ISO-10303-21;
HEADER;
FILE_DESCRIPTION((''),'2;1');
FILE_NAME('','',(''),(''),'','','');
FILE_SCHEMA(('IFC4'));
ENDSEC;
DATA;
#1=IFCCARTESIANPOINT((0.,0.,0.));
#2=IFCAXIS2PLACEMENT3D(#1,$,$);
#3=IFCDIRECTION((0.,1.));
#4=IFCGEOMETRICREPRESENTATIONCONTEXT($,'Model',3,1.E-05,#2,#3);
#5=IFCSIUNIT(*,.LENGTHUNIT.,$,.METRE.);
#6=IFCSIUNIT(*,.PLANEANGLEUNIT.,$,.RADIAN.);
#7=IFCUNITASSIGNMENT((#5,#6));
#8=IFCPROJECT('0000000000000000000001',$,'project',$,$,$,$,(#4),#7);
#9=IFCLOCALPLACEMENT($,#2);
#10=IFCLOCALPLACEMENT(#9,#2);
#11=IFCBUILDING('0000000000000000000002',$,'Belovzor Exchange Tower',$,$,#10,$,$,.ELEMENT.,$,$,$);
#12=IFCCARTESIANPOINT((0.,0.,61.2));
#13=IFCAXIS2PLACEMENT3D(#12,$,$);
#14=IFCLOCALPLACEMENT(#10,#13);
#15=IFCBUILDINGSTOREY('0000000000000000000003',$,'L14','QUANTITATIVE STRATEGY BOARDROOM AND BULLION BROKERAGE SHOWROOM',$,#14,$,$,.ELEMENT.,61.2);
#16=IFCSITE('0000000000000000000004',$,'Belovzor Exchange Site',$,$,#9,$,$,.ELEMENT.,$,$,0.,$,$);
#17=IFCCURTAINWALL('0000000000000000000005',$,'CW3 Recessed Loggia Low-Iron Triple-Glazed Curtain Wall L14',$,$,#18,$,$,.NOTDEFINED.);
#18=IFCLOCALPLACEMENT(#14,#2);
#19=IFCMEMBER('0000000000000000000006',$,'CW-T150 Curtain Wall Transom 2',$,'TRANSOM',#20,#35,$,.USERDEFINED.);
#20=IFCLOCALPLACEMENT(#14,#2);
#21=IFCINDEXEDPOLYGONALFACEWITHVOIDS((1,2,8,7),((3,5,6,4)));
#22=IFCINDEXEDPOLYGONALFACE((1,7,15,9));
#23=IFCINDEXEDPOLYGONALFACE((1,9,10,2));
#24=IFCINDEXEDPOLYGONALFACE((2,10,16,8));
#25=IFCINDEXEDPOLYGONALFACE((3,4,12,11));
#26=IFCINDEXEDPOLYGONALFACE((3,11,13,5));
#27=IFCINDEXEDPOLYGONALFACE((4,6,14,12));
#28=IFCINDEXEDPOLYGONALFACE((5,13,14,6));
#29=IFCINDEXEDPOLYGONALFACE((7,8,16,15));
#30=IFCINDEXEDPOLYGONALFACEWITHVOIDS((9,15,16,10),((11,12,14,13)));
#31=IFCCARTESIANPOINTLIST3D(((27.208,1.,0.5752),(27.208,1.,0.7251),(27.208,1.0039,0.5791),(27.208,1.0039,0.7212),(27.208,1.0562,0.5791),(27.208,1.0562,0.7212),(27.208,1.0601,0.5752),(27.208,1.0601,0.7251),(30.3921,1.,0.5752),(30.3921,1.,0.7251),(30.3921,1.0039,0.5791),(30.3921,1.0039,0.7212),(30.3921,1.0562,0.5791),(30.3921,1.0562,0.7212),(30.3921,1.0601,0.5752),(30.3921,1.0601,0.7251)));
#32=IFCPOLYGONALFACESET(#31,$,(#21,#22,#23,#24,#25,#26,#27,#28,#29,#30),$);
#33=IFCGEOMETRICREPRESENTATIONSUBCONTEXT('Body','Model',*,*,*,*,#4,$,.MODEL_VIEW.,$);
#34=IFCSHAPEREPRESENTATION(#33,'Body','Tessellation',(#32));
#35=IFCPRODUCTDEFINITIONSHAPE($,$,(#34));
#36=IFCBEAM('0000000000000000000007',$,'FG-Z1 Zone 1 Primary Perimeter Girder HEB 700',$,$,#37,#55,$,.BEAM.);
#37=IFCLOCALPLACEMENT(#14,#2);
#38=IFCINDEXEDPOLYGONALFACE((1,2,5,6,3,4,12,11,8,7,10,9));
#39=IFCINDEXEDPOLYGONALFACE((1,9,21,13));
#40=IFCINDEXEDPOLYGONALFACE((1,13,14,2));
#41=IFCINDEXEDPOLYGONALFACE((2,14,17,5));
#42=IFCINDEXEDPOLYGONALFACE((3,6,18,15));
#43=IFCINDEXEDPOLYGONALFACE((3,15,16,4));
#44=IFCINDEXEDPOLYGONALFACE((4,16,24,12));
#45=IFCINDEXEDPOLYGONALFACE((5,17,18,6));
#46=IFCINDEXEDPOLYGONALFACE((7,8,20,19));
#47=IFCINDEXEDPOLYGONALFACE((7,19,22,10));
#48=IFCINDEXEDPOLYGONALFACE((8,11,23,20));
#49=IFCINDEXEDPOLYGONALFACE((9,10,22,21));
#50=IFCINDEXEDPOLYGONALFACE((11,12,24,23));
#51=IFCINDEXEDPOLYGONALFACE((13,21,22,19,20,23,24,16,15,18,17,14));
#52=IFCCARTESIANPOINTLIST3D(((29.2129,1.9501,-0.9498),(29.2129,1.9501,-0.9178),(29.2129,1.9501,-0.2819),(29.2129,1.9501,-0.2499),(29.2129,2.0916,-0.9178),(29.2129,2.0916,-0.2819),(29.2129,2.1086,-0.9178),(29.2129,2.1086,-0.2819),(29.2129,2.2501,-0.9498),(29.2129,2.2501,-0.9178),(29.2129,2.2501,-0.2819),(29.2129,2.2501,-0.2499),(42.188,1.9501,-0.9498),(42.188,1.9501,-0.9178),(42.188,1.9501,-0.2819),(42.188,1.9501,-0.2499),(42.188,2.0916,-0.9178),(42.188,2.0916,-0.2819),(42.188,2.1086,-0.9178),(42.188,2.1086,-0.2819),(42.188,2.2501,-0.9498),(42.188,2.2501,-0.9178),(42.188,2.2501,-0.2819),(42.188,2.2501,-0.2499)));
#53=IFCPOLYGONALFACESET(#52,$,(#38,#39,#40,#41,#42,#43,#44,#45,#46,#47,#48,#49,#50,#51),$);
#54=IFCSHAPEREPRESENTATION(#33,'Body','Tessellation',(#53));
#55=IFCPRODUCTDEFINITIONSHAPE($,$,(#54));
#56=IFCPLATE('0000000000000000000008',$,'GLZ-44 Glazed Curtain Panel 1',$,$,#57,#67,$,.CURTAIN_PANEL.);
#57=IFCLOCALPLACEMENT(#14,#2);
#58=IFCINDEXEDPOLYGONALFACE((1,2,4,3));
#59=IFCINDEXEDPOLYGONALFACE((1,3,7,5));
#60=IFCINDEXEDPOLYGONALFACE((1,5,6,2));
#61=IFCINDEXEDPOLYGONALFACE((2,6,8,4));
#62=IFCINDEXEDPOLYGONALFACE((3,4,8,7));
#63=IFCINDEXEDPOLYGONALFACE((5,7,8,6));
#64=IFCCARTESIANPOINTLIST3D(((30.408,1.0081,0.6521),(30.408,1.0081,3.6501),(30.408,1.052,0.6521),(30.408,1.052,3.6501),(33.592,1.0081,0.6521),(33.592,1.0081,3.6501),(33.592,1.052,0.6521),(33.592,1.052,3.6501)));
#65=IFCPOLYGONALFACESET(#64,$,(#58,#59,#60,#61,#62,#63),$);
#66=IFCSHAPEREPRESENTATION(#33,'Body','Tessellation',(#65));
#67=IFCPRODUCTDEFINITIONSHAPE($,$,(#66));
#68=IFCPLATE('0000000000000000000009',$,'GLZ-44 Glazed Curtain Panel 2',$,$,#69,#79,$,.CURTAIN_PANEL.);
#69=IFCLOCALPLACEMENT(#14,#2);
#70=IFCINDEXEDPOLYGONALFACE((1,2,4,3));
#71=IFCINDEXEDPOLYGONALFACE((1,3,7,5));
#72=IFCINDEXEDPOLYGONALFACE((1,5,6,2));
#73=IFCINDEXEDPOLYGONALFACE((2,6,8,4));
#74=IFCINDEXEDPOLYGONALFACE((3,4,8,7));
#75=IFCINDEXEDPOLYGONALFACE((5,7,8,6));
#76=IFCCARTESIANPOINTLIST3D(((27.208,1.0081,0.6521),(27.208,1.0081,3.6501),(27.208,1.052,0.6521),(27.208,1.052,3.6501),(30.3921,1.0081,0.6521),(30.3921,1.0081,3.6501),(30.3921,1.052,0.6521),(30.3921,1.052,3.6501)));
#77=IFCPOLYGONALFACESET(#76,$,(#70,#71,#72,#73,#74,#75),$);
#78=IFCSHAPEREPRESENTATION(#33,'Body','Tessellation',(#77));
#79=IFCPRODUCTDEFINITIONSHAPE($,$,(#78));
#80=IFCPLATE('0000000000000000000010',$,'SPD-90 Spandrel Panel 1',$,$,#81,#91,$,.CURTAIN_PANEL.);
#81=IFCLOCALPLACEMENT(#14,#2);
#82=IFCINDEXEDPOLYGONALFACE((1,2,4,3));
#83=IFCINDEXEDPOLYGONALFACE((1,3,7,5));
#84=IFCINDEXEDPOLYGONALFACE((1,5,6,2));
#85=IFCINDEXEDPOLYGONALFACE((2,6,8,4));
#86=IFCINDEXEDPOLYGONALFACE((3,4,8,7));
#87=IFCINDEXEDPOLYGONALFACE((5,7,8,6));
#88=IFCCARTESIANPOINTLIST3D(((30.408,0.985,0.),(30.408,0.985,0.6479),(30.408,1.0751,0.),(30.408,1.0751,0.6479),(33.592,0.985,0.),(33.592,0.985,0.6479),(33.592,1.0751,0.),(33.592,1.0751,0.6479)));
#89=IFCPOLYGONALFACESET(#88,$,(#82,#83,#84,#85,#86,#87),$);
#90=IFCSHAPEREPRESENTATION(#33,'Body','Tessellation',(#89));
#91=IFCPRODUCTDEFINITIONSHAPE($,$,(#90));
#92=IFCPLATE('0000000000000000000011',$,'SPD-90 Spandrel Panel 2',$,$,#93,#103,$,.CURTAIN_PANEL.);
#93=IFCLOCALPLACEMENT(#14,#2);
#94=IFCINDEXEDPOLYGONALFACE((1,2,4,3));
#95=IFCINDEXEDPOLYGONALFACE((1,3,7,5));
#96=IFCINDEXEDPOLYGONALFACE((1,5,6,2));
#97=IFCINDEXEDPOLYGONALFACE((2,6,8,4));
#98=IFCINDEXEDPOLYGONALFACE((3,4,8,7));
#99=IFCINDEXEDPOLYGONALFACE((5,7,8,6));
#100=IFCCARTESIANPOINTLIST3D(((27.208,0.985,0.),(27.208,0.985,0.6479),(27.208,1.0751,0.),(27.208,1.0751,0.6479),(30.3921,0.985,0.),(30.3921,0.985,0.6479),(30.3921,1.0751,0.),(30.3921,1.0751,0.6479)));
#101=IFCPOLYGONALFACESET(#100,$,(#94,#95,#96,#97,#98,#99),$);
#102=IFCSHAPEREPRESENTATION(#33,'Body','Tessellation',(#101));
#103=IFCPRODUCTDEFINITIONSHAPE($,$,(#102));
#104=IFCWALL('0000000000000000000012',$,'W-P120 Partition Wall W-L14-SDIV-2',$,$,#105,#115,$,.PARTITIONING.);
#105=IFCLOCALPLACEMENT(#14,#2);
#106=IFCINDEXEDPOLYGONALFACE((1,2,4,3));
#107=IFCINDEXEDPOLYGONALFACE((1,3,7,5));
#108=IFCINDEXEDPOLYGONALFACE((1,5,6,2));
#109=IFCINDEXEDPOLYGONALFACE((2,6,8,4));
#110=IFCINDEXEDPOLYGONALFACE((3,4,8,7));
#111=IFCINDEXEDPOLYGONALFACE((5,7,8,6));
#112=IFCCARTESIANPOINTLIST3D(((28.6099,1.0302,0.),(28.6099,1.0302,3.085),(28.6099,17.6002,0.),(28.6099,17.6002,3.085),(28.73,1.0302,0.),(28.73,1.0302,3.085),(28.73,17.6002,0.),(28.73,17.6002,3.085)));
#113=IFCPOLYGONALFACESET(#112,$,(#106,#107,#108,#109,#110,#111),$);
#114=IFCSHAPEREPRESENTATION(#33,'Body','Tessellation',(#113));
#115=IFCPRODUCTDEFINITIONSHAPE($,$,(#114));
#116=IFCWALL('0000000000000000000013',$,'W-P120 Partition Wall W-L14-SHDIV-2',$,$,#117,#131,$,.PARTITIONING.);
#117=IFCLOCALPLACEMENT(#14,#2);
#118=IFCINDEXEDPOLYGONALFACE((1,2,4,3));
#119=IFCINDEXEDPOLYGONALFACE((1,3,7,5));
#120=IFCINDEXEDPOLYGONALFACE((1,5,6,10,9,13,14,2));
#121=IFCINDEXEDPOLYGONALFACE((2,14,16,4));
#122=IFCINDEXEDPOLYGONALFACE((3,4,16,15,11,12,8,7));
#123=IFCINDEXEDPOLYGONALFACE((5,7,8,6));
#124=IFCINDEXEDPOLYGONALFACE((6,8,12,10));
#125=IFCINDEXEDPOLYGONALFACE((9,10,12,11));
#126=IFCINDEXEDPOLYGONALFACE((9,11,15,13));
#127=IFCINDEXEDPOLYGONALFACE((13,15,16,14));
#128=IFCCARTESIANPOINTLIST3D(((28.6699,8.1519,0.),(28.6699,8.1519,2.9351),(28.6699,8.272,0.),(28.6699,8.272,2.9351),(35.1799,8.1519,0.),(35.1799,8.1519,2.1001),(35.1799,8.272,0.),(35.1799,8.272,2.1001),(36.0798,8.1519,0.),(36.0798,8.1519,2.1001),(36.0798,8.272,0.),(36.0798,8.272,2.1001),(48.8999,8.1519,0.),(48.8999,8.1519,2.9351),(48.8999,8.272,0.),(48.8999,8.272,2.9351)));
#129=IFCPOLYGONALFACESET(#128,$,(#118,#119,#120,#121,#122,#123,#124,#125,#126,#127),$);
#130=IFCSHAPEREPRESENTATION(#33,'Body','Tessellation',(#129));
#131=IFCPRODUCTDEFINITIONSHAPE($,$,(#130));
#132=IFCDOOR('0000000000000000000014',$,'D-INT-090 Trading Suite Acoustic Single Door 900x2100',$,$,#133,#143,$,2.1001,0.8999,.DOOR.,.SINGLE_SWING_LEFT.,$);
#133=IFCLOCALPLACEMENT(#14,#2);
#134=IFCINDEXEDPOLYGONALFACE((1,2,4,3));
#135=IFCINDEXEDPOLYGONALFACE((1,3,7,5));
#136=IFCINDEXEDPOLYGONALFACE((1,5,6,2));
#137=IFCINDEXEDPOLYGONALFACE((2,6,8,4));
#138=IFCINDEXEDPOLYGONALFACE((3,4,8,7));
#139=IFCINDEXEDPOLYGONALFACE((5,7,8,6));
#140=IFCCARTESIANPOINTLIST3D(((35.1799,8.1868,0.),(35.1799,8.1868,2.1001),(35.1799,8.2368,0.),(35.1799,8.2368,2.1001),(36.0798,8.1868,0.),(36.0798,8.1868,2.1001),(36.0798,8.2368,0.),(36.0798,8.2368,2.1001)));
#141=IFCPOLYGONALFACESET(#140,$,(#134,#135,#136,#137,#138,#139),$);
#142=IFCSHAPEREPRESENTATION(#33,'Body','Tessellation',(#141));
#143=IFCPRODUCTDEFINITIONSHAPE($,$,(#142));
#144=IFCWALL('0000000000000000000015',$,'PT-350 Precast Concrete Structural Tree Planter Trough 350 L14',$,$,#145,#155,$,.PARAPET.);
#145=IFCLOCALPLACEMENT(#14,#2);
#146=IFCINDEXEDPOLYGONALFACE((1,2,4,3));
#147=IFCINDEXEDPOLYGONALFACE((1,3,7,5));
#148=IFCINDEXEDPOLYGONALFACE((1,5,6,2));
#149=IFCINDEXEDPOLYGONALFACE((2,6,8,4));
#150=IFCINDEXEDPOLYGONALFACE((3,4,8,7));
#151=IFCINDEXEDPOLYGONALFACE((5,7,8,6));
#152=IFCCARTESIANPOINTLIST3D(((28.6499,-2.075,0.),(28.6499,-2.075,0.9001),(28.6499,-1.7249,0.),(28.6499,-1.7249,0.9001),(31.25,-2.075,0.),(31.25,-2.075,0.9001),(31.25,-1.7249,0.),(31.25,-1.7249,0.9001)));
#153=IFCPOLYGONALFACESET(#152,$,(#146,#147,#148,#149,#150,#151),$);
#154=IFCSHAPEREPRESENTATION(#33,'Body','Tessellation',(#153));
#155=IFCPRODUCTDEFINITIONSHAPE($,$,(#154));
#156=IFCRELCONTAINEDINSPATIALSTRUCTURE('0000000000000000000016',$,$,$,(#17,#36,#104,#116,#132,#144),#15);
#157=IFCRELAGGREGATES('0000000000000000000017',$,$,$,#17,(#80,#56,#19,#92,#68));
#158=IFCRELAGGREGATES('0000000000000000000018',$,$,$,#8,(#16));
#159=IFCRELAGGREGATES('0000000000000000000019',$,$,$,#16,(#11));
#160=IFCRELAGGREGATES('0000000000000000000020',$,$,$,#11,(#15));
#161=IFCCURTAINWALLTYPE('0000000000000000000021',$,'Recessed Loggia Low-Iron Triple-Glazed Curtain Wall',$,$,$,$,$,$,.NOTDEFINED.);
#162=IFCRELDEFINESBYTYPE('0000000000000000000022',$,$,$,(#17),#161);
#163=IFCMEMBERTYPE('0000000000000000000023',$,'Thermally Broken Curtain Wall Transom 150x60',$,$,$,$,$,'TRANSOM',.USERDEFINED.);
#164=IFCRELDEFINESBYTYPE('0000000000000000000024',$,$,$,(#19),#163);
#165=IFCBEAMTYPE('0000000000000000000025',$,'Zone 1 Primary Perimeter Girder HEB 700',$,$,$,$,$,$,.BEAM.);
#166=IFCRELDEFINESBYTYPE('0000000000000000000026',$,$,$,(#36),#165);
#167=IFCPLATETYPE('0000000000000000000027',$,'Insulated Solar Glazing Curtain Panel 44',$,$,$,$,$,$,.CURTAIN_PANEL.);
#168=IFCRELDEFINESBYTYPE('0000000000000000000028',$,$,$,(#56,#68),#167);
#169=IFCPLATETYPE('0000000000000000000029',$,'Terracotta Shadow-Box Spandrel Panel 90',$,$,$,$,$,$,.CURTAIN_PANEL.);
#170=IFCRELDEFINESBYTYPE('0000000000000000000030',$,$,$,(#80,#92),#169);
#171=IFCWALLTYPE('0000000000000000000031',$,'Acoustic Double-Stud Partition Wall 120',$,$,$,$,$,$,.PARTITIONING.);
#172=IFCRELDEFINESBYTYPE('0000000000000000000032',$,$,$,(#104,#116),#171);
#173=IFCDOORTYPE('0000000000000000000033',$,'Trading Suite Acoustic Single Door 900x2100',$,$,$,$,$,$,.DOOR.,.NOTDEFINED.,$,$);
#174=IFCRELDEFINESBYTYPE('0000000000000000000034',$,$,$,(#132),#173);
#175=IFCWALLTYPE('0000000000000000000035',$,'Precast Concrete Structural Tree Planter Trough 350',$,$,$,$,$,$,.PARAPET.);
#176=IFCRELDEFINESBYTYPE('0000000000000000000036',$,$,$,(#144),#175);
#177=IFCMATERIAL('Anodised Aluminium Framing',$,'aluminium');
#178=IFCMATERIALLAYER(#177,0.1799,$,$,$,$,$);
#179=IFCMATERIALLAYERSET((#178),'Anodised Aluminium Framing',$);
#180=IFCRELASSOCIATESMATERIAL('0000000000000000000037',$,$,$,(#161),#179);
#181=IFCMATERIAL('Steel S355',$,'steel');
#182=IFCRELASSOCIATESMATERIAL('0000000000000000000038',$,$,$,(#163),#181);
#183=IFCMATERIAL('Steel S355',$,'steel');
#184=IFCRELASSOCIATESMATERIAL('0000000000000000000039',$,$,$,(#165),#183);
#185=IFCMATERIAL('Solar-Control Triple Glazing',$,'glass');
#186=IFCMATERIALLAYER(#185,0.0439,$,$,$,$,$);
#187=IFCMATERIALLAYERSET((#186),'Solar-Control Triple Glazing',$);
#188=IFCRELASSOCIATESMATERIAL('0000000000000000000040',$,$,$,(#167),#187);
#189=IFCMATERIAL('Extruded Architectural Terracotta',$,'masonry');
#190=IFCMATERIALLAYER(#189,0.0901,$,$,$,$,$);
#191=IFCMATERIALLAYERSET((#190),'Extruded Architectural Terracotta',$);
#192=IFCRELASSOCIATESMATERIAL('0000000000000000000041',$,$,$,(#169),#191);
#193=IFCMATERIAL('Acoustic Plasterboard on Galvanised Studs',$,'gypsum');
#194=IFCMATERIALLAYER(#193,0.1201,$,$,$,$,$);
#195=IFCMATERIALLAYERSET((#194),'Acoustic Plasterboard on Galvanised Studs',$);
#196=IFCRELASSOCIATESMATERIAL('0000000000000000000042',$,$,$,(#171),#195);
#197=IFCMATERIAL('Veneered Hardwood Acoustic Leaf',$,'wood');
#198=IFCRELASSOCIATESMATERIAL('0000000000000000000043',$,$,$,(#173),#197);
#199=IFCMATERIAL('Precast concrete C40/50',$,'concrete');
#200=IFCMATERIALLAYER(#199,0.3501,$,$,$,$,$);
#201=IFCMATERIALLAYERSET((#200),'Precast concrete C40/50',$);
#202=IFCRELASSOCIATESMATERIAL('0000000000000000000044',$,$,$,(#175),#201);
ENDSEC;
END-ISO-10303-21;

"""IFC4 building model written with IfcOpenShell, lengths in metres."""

from ifc_helpers import new_model, si_unit, direction, frame, frame_2d, origin, origin_2d, place, context, subcontext, project, spatial, rectangle, hollow_rectangle, i_section, extrude, material, layer, layer_set, material_profile, profile_set, type_object, element, fill, aggregate, save


model = new_model("IFC4")

# Units and contexts
model_context = context("Model", 3, precision=1e-05, world=origin(), true_north=direction((0.0, 1.0)))
body_context = subcontext(model_context, "Body", "Model", "MODEL_VIEW")
ifc_project = project(units=[si_unit("LENGTHUNIT", "METRE"), si_unit("PLANEANGLEUNIT", "RADIAN")], contexts=[model_context])

# Site, building, storey
site_placement = place(None, origin())
site = spatial("IfcSite", under=ifc_project, at=site_placement, Name="Belovzor Exchange Site", CompositionType="ELEMENT", RefElevation=0.0)
building_placement = place(site_placement, origin())
building = spatial("IfcBuilding", under=site, at=building_placement, Name="Belovzor Exchange Tower", CompositionType="ELEMENT")
storey_placement = place(building_placement, frame((0.0, 0.0, 61.2)))
storey = spatial("IfcBuildingStorey", under=building, at=storey_placement, Name="L14", Description="QUANTITATIVE STRATEGY BOARDROOM AND BULLION BROKERAGE SHOWROOM", CompositionType="ELEMENT", Elevation=61.2)

# Curtain wall, member
ifc_material_1 = material(Name="Anodised Aluminium Framing", Category="aluminium")
ifc_layer_1 = layer(ifc_material_1, 0.1799)
ifc_layer_set_1 = layer_set([ifc_layer_1], Name="Anodised Aluminium Framing")
curtain_wall_type = type_object("IfcCurtainWallType", Name="Recessed Loggia Low-Iron Triple-Glazed Curtain Wall", PredefinedType="NOTDEFINED", material=ifc_layer_set_1)
curtain_wall_placement = place(storey_placement, origin())
curtain_wall = element("IfcCurtainWall", 1, at=curtain_wall_placement, inside=storey, type_object=curtain_wall_type, Name="CW3 Recessed Loggia Low-Iron Triple-Glazed Curtain Wall L14", PredefinedType="NOTDEFINED")
ifc_material_2 = material(Name="Steel S355", Category="steel")
ifc_material_profile_1 = material_profile(ifc_material_2, hollow_rectangle(XDim=0.0601, YDim=0.1499, WallThickness=0.0039, at=origin_2d()))
ifc_profile_set_1 = profile_set([ifc_material_profile_1], Name="Steel S355")
member_type_1 = type_object("IfcMemberType", Name="Thermally Broken Curtain Wall Transom 150x60", ElementType="TRANSOM", PredefinedType="USERDEFINED", material=ifc_profile_set_1)
member_1_placement = place(storey_placement, frame((30.3921, 1.03, 0.6501), z_axis=(-1.0, 0.0, 0.0), x_axis=(0.0, -1.0, 0.0)))
member_1 = element("IfcMember", 2, at=member_1_placement, type_object=member_type_1, Name="CW-T150 Curtain Wall Transom 2", ObjectType="TRANSOM", PredefinedType="USERDEFINED", context=body_context, shape_type="SweptSolid", body=[
    extrude(hollow_rectangle(XDim=0.0601, YDim=0.1499, WallThickness=0.0039, at=origin_2d()), origin(), (0.0, 0.0, 1.0), 3.1841),
])

# Beam
ifc_material_3 = material(Name="Steel S355", Category="steel")
ifc_material_profile_2 = material_profile(ifc_material_3, i_section(OverallWidth=0.3, OverallDepth=0.7, WebThickness=0.0171, FlangeThickness=0.032, at=origin_2d()))
ifc_profile_set_2 = profile_set([ifc_material_profile_2], Name="Steel S355")
beam_type_1 = type_object("IfcBeamType", Name="Zone 1 Primary Perimeter Girder HEB 700", PredefinedType="BEAM", material=ifc_profile_set_2)
beam_1_placement = place(storey_placement, frame((29.2129, 2.1001, -0.5999), z_axis=(1.0, 0.0, 0.0), x_axis=(0.0, 1.0, 0.0)))
element("IfcBeam", 3, at=beam_1_placement, inside=storey, type_object=beam_type_1, Name="FG-Z1 Zone 1 Primary Perimeter Girder HEB 700", PredefinedType="BEAM", context=body_context, shape_type="SweptSolid", body=[
    extrude(i_section(OverallWidth=0.3, OverallDepth=0.7, WebThickness=0.0171, FlangeThickness=0.032, at=origin_2d()), origin(), (0.0, 0.0, 1.0), 12.9751),
])

# Plates
ifc_material_4 = material(Name="Solar-Control Triple Glazing", Category="glass")
ifc_layer_2 = layer(ifc_material_4, 0.0439)
ifc_layer_set_2 = layer_set([ifc_layer_2], Name="Solar-Control Triple Glazing")
plate_type_1 = type_object("IfcPlateType", Name="Insulated Solar Glazing Curtain Panel 44", PredefinedType="CURTAIN_PANEL", material=ifc_layer_set_2)
plate_1_placement = place(storey_placement, frame((32.0, 1.03, 0.6521), z_axis=(0.0, 0.0, 1.0), x_axis=(-1.0, 0.0, 0.0)))
plate_1 = element("IfcPlate", 4, at=plate_1_placement, type_object=plate_type_1, Name="GLZ-44 Glazed Curtain Panel 1", PredefinedType="CURTAIN_PANEL", context=body_context, shape_type="SweptSolid", body=[
    extrude(rectangle(XDim=3.1841, YDim=0.0439, at=origin_2d()), origin(), (0.0, 0.0, 1.0), 2.998),
])
plate_2_placement = place(storey_placement, frame((28.8, 1.03, 0.6521), z_axis=(0.0, 0.0, 1.0), x_axis=(-1.0, 0.0, 0.0)))
plate_2 = element("IfcPlate", 5, at=plate_2_placement, type_object=plate_type_1, Name="GLZ-44 Glazed Curtain Panel 2", PredefinedType="CURTAIN_PANEL", context=body_context, shape_type="SweptSolid", body=[
    extrude(rectangle(XDim=3.1841, YDim=0.0439, at=origin_2d()), origin(), (0.0, 0.0, 1.0), 2.998),
])
ifc_material_5 = material(Name="Extruded Architectural Terracotta", Category="masonry")
ifc_layer_3 = layer(ifc_material_5, 0.0901)
ifc_layer_set_3 = layer_set([ifc_layer_3], Name="Extruded Architectural Terracotta")
plate_type_2 = type_object("IfcPlateType", Name="Terracotta Shadow-Box Spandrel Panel 90", PredefinedType="CURTAIN_PANEL", material=ifc_layer_set_3)
plate_3_placement = place(storey_placement, frame((32.0, 1.03, 0.0), z_axis=(0.0, 0.0, 1.0), x_axis=(-1.0, 0.0, 0.0)))
plate_3 = element("IfcPlate", 6, at=plate_3_placement, type_object=plate_type_2, Name="SPD-90 Spandrel Panel 1", PredefinedType="CURTAIN_PANEL", context=body_context, shape_type="SweptSolid", body=[
    extrude(rectangle(XDim=3.1841, YDim=0.0901, at=origin_2d()), origin(), (0.0, 0.0, 1.0), 0.6479),
])
plate_4_placement = place(storey_placement, frame((28.8, 1.03, 0.0), z_axis=(0.0, 0.0, 1.0), x_axis=(-1.0, 0.0, 0.0)))
plate_4 = element("IfcPlate", 7, at=plate_4_placement, type_object=plate_type_2, Name="SPD-90 Spandrel Panel 2", PredefinedType="CURTAIN_PANEL", context=body_context, shape_type="SweptSolid", body=[
    extrude(rectangle(XDim=3.1841, YDim=0.0901, at=origin_2d()), origin(), (0.0, 0.0, 1.0), 0.6479),
])
aggregate(curtain_wall, [plate_3, plate_1, member_1, plate_4, plate_2])

# Wall
ifc_material_6 = material(Name="Acoustic Plasterboard on Galvanised Studs", Category="gypsum")
ifc_layer_4 = layer(ifc_material_6, 0.1201)
ifc_layer_set_4 = layer_set([ifc_layer_4], Name="Acoustic Plasterboard on Galvanised Studs")
wall_type_1 = type_object("IfcWallType", Name="Acoustic Double-Stud Partition Wall 120", PredefinedType="PARTITIONING", material=ifc_layer_set_4)
wall_1_placement = place(storey_placement, frame((28.6699, 1.03, 0.0), z_axis=(0.0, 0.0, 1.0), x_axis=(0.0, 1.0, 0.0)))
element("IfcWall", 8, at=wall_1_placement, inside=storey, type_object=wall_type_1, Name="W-P120 Partition Wall W-L14-SDIV-2", PredefinedType="PARTITIONING", context=body_context, shape_type="SweptSolid", body=[
    extrude(rectangle(XDim=16.5701, YDim=0.1201, at=frame_2d((8.2852, 0.0))), origin(), (0.0, 0.0, 1.0), 3.085),
])

# Wall, opening, door
wall_2_placement = place(storey_placement, frame((28.6699, 8.2119, 0.0), z_axis=(0.0, 0.0, 1.0), x_axis=(1.0, 0.0, 0.0)))
wall_2 = element("IfcWall", 9, at=wall_2_placement, inside=storey, type_object=wall_type_1, Name="W-P120 Partition Wall W-L14-SHDIV-2", PredefinedType="PARTITIONING", context=body_context, shape_type="SweptSolid", body=[
    extrude(rectangle(XDim=20.23, YDim=0.1201, at=frame_2d((10.115, 0.0))), origin(), (0.0, 0.0, 1.0), 2.9351),
])
opening_placement = place(wall_2_placement, frame((6.51, 0.0, 0.0)))
opening = element("IfcOpeningElement", 10, at=opening_placement, cuts=wall_2, PredefinedType="OPENING", context=body_context, shape_type="SweptSolid", body=[
    extrude(rectangle(XDim=0.8999, YDim=2.1001, at=frame_2d((0.45, 1.05))), frame((0.0, 0.0701, 0.0), z_axis=(0.0, -1.0, 0.0), x_axis=(1.0, 0.0, 0.0)), (0.0, 0.0, 1.0), 0.1401),
])
ifc_material_7 = material(Name="Veneered Hardwood Acoustic Leaf", Category="wood")
door_type = type_object("IfcDoorType", Name="Trading Suite Acoustic Single Door 900x2100", OperationType="NOTDEFINED", PredefinedType="DOOR", material=ifc_material_7)
door_placement = place(opening_placement, origin())
door = element("IfcDoor", 11, at=door_placement, inside=storey, type_object=door_type, Name="D-INT-090 Trading Suite Acoustic Single Door 900x2100", OperationType="SINGLE_SWING_LEFT", OverallHeight=2.1001, OverallWidth=0.8999, PredefinedType="DOOR", context=body_context, shape_type="SweptSolid", body=[
    extrude(rectangle(XDim=0.8999, YDim=2.1001, at=frame_2d((0.45, 1.05))), frame((0.0, 0.0249, 0.0), z_axis=(0.0, -1.0, 0.0), x_axis=(1.0, 0.0, 0.0)), (0.0, 0.0, 1.0), 0.05),
])
fill(opening, door)

# Wall
ifc_material_8 = material(Name="Precast concrete C40/50", Category="concrete")
ifc_layer_5 = layer(ifc_material_8, 0.3501)
ifc_layer_set_5 = layer_set([ifc_layer_5], Name="Precast concrete C40/50")
wall_type_2 = type_object("IfcWallType", Name="Precast Concrete Structural Tree Planter Trough 350", PredefinedType="PARAPET", material=ifc_layer_set_5)
wall_3_placement = place(storey_placement, frame((28.6499, -1.8999, 0.0), z_axis=(0.0, 0.0, 1.0), x_axis=(1.0, 0.0, 0.0)))
element("IfcWall", 12, at=wall_3_placement, inside=storey, type_object=wall_type_2, Name="PT-350 Precast Concrete Structural Tree Planter Trough 350 L14", PredefinedType="PARAPET", context=body_context, shape_type="SweptSolid", body=[
    extrude(rectangle(XDim=2.6001, YDim=0.3501, at=frame_2d((1.3, 0.0))), origin(), (0.0, 0.0, 1.0), 0.9001),
])

save(model, "model.ifc")
